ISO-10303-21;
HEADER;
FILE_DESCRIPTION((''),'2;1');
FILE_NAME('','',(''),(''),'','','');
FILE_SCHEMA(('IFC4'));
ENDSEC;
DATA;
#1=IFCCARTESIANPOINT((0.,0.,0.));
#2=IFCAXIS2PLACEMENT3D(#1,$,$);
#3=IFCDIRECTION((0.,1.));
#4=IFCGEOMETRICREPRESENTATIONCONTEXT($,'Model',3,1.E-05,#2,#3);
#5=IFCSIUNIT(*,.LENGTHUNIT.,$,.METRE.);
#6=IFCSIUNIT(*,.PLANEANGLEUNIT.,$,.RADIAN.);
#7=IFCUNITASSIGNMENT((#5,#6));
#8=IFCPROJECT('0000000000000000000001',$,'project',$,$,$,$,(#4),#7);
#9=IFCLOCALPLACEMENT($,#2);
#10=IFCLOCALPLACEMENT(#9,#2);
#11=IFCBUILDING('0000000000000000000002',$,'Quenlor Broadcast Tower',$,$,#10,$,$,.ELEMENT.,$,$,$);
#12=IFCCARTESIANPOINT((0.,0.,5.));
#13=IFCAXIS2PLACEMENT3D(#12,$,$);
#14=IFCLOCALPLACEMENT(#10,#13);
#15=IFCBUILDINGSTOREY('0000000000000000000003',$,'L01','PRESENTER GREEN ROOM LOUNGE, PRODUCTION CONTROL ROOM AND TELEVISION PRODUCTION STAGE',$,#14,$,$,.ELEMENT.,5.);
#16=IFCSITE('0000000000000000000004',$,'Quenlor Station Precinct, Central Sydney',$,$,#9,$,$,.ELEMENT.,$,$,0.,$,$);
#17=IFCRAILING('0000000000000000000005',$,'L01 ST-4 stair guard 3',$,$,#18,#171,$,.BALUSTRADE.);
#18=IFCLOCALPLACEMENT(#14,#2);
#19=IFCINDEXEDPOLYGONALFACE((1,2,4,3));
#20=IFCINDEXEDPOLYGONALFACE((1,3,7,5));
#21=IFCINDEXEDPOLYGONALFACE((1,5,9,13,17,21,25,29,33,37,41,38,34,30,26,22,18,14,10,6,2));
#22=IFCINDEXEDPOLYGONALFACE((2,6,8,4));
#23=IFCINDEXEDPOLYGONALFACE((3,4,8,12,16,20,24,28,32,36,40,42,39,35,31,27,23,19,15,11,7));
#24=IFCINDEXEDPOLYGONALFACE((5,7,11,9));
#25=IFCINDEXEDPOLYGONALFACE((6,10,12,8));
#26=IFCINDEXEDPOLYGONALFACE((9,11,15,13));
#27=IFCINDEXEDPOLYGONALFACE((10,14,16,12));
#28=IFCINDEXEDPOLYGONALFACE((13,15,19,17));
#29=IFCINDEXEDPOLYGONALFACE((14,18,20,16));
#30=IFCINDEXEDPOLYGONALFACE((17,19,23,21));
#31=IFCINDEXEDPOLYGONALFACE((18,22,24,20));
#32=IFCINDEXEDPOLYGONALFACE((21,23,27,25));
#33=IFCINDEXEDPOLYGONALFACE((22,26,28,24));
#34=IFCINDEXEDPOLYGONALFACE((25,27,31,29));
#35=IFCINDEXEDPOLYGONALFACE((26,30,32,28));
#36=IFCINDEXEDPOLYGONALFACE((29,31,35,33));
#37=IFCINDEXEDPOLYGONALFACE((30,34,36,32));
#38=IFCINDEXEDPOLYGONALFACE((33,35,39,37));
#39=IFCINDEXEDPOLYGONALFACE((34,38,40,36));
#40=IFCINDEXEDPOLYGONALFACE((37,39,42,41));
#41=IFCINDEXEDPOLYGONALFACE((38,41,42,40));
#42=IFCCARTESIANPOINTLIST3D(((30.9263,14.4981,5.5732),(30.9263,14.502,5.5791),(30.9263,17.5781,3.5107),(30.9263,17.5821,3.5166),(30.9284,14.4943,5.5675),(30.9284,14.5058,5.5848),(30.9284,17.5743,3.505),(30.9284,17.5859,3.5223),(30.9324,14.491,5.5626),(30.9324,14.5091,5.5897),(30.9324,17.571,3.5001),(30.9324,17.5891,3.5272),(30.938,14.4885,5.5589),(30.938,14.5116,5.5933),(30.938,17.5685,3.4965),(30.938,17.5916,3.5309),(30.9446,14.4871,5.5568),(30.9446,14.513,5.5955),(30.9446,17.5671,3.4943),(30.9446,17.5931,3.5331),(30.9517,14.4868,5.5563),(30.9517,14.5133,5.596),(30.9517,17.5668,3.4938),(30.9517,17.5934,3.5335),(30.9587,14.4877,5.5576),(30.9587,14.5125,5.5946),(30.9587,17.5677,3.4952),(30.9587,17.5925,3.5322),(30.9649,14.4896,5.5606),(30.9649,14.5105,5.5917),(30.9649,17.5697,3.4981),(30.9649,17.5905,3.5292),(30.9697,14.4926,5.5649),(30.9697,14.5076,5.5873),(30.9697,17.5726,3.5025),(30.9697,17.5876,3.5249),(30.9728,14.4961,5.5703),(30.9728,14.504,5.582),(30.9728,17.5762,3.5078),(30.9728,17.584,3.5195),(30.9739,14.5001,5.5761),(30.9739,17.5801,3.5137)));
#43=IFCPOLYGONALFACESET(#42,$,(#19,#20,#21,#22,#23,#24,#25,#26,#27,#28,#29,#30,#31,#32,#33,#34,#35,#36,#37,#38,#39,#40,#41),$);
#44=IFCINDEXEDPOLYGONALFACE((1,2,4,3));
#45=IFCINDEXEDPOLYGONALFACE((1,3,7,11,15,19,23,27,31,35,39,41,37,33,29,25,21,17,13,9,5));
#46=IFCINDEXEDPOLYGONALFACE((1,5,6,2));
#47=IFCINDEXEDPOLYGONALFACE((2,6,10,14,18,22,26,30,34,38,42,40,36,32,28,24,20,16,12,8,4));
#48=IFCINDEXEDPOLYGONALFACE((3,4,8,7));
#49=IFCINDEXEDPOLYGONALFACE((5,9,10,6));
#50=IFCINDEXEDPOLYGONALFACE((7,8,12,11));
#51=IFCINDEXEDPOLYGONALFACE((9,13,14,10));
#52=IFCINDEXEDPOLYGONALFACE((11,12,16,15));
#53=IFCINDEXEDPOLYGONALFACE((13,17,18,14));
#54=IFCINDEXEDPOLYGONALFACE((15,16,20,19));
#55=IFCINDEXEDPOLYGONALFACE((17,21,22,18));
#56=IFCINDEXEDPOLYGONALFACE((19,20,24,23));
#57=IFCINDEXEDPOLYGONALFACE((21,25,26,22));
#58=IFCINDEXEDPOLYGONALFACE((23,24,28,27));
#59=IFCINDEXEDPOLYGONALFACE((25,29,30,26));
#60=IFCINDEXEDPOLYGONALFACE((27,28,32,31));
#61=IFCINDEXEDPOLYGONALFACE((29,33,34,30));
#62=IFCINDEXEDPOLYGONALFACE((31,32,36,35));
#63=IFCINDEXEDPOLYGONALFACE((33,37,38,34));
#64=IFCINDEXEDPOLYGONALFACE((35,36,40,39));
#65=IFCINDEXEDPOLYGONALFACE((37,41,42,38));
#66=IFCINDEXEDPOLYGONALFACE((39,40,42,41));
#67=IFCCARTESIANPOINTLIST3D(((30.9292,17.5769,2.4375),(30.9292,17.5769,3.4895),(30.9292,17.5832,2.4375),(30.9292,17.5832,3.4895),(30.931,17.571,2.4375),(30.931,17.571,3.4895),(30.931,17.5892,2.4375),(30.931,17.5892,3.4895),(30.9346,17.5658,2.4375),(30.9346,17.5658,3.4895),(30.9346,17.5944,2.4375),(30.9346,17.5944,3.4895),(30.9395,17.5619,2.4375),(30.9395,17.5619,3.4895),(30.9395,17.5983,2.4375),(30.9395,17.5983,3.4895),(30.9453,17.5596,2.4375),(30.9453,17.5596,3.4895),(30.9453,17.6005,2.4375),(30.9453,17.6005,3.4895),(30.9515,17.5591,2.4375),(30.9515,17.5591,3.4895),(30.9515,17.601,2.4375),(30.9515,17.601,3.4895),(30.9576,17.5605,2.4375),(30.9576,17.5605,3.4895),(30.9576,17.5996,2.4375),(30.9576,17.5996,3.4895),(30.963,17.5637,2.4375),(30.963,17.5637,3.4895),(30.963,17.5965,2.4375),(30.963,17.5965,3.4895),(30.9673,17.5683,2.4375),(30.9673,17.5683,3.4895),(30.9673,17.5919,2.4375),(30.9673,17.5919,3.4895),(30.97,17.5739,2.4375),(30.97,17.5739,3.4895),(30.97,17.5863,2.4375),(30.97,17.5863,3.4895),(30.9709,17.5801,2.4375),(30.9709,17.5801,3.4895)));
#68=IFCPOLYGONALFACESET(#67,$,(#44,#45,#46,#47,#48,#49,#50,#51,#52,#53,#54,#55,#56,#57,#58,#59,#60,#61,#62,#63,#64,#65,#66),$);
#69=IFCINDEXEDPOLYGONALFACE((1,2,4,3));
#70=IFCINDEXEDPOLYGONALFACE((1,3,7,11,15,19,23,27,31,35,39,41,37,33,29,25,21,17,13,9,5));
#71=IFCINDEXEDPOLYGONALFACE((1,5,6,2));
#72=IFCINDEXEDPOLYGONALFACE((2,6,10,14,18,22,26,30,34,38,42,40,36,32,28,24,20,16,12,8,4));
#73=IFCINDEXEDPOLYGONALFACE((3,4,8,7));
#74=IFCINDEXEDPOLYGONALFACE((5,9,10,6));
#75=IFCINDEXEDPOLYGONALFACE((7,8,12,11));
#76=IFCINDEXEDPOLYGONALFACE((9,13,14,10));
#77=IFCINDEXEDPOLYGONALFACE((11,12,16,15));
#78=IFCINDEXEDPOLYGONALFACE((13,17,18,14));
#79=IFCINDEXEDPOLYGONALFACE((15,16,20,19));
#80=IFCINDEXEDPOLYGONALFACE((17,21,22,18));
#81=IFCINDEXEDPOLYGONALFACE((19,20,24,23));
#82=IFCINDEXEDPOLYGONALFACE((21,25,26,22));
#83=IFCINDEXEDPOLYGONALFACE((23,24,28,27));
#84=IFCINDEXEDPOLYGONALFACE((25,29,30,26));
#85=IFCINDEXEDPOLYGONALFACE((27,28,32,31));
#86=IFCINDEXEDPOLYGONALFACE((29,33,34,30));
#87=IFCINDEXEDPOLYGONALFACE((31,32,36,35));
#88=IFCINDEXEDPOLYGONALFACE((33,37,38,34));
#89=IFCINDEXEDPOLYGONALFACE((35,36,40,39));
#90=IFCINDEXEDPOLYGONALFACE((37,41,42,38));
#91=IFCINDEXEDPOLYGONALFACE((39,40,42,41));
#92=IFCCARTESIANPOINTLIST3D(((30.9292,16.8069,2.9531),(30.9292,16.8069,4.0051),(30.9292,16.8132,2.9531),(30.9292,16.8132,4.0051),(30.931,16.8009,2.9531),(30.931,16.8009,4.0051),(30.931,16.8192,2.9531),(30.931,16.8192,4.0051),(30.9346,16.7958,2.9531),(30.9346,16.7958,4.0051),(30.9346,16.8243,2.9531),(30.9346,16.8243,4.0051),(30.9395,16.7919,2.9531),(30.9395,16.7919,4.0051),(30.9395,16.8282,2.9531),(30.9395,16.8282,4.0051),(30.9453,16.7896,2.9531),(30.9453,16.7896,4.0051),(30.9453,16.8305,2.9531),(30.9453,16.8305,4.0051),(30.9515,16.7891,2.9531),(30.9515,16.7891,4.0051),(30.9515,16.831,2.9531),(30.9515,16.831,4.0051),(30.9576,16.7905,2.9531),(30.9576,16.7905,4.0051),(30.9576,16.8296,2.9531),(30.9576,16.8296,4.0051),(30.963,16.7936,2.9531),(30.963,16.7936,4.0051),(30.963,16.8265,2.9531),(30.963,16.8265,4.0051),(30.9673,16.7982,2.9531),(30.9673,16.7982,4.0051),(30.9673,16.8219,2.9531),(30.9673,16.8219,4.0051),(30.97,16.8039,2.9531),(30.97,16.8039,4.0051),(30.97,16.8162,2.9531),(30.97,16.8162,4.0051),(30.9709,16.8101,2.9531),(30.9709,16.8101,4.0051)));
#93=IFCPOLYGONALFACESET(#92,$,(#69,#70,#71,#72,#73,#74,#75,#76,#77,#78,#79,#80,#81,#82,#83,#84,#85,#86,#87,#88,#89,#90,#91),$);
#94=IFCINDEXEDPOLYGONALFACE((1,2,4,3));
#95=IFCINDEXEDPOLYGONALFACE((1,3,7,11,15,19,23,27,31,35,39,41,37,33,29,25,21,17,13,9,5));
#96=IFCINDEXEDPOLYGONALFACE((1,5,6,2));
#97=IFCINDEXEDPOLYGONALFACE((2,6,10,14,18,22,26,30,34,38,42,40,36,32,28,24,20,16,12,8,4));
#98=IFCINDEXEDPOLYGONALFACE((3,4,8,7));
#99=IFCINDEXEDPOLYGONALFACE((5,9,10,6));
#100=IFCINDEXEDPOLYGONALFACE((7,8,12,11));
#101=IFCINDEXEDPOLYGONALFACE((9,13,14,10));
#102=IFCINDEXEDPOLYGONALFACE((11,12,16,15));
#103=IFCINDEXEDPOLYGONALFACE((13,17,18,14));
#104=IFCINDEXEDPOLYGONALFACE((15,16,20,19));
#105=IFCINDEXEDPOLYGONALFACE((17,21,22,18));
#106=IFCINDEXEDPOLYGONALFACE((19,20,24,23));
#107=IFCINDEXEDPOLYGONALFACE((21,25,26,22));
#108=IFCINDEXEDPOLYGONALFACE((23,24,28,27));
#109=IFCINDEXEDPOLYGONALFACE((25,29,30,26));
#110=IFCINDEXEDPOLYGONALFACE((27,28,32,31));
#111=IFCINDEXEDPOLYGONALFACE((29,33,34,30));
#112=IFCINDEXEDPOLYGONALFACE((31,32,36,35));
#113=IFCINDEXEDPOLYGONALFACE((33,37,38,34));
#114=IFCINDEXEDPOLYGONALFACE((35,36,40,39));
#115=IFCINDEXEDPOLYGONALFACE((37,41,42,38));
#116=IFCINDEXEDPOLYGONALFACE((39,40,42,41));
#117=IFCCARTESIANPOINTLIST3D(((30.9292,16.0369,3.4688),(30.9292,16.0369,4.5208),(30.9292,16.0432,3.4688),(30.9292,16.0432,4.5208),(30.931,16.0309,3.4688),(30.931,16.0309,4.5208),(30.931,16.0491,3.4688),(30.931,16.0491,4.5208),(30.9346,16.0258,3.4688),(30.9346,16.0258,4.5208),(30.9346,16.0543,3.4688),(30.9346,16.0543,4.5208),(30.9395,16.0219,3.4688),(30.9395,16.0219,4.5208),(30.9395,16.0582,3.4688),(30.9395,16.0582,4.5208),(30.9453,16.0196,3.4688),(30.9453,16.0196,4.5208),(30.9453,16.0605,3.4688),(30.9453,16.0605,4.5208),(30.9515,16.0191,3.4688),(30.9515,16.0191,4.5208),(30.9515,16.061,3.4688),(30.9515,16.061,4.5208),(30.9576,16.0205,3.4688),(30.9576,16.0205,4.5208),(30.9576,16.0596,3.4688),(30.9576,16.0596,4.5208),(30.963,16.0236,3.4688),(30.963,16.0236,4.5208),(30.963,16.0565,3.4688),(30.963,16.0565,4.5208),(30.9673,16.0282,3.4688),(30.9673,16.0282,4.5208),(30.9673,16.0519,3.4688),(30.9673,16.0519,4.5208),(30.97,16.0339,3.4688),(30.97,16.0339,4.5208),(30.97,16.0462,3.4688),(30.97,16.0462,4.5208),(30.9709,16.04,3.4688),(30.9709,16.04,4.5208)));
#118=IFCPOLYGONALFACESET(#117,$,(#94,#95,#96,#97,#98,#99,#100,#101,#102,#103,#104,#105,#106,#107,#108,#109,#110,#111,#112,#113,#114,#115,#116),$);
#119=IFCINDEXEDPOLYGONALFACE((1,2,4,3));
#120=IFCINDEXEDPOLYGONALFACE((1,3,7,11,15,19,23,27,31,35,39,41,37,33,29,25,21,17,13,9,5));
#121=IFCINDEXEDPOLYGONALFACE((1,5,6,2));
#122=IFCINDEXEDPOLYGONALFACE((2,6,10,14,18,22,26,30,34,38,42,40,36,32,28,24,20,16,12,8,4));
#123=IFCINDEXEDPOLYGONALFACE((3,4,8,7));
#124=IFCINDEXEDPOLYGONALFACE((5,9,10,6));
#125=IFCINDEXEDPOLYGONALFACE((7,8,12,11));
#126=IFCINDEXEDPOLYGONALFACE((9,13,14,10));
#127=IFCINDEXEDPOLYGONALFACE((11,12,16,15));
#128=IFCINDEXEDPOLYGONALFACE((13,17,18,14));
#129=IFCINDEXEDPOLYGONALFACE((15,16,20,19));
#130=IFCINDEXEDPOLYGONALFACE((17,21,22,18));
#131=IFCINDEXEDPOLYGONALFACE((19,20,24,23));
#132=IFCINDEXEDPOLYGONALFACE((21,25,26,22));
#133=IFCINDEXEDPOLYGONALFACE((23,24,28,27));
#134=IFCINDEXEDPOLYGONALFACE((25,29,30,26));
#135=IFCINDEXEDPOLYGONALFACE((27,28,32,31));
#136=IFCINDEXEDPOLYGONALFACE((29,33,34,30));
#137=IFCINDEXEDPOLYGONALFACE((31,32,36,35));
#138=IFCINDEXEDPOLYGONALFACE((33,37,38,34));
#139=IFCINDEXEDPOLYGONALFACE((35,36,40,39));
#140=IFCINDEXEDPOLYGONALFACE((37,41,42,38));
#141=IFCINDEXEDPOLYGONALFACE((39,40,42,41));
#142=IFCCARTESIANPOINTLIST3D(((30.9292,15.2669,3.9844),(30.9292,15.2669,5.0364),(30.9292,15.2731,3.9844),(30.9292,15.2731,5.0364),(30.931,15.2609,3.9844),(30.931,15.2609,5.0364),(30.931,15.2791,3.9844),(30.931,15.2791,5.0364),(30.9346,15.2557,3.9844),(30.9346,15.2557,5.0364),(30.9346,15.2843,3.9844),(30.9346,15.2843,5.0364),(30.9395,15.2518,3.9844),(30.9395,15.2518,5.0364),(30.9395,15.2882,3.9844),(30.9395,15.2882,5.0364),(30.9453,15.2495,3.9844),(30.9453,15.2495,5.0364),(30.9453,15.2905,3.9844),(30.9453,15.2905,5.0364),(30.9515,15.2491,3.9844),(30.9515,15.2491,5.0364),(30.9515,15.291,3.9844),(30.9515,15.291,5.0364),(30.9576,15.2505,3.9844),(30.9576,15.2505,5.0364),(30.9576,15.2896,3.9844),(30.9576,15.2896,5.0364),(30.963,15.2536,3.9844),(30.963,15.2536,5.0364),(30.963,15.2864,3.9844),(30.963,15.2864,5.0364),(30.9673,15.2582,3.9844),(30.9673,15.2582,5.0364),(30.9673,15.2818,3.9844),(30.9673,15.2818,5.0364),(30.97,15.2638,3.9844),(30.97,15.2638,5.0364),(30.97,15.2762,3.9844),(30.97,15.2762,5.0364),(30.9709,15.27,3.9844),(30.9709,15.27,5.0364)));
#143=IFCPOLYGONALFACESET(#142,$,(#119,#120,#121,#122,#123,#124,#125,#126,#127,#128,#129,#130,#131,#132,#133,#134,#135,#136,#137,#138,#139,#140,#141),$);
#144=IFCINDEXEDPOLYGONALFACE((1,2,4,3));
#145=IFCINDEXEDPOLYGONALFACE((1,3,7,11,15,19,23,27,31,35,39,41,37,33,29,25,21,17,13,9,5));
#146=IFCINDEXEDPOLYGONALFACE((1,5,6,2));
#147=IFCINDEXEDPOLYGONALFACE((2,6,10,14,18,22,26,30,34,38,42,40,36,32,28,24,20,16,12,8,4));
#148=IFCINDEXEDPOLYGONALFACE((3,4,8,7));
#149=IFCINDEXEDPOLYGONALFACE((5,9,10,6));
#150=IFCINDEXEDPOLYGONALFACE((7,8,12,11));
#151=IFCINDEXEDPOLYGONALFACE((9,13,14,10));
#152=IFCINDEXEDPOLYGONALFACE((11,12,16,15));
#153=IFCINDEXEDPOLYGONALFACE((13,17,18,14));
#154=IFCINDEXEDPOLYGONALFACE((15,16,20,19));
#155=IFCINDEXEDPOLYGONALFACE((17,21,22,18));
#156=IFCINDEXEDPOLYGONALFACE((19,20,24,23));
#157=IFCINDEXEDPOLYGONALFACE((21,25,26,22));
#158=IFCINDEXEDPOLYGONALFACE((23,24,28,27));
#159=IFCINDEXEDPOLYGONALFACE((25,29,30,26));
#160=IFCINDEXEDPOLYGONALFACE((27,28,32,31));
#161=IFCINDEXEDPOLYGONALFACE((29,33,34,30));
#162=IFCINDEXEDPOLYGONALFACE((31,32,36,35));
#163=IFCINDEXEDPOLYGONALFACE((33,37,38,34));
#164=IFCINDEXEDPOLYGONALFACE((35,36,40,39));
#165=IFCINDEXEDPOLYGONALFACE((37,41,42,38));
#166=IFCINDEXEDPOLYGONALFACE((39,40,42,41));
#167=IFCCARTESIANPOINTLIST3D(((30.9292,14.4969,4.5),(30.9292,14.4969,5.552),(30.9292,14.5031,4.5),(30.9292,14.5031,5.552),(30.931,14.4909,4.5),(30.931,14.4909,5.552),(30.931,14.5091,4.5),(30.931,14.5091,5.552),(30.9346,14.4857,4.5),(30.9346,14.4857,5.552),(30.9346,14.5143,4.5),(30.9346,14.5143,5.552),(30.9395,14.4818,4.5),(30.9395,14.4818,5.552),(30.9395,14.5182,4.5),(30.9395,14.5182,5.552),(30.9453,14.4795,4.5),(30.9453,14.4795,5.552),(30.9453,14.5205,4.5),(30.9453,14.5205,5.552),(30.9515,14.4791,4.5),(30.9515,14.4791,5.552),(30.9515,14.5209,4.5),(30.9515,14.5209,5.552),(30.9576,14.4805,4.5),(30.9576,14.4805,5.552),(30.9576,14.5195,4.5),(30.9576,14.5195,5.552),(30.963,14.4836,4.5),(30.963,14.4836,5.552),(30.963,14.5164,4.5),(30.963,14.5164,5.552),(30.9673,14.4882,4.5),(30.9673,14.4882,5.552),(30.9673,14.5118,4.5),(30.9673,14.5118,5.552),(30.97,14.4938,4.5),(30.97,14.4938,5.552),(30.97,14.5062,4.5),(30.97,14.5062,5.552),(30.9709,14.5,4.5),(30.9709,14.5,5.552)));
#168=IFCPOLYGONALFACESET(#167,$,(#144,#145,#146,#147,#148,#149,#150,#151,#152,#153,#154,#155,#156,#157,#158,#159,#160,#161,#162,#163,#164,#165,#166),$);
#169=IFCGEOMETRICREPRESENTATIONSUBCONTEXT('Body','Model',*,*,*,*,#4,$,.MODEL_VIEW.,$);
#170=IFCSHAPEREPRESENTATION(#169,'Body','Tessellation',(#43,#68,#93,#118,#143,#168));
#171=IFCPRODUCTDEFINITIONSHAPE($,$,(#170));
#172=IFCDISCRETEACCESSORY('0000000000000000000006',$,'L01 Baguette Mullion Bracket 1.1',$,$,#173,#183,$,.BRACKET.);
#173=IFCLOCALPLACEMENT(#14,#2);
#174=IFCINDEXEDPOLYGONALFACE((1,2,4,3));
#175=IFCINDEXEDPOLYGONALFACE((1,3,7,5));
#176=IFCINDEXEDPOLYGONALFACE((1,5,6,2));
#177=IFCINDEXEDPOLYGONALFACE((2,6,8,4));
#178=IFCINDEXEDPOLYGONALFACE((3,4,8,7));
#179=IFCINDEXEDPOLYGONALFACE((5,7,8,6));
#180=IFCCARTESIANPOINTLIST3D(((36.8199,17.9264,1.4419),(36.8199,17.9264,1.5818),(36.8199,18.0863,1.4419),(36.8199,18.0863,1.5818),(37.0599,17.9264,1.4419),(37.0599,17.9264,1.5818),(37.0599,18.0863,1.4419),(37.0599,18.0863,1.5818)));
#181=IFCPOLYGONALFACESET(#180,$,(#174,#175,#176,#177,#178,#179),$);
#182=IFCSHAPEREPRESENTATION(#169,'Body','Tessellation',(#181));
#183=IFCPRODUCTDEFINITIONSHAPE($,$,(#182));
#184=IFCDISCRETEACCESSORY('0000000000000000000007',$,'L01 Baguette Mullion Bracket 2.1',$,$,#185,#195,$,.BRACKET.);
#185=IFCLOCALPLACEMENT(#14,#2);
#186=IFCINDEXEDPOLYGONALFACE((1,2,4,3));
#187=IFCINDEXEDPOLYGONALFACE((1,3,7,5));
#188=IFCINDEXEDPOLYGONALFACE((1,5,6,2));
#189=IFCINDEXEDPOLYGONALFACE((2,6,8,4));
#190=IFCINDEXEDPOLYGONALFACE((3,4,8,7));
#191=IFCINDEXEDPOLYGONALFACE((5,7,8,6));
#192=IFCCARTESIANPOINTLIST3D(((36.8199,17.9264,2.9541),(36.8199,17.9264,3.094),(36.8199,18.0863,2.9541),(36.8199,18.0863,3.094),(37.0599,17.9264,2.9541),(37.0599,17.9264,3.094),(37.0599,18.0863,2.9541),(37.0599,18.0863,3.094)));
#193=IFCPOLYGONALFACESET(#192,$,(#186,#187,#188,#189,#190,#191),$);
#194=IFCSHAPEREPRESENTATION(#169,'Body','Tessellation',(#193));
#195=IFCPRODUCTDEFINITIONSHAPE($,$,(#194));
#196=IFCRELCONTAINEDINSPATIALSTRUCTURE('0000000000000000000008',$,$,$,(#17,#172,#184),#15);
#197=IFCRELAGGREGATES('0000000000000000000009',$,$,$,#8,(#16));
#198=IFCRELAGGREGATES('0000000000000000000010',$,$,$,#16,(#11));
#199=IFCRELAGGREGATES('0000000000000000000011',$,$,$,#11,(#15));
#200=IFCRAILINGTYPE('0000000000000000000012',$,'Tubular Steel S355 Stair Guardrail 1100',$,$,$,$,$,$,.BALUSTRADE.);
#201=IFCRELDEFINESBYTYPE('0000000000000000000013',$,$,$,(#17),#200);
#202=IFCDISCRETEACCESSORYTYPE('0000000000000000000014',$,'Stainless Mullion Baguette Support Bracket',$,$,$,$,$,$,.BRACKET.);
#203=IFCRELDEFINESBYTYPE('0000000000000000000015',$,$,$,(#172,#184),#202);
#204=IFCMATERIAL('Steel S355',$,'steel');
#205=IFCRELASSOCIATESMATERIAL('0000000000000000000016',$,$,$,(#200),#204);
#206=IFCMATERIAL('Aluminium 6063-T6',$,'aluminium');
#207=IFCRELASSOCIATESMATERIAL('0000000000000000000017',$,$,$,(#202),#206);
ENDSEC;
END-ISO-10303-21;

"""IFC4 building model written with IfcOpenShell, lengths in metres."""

from ifc_helpers import new_model, si_unit, direction, frame, origin, origin_2d, place, context, subcontext, project, spatial, rectangle, circle, extrude, material, type_object, element, save


model = new_model("IFC4")

# Units and contexts
model_context = context("Model", 3, precision=1e-05, world=origin(), true_north=direction((0.0, 1.0)))
body_context = subcontext(model_context, "Body", "Model", "MODEL_VIEW")
ifc_project = project(units=[si_unit("LENGTHUNIT", "METRE"), si_unit("PLANEANGLEUNIT", "RADIAN")], contexts=[model_context])

# Site, building, storey
site_placement = place(None, origin())
site = spatial("IfcSite", under=ifc_project, at=site_placement, Name="Quenlor Station Precinct, Central Sydney", CompositionType="ELEMENT", RefElevation=0.0)
building_placement = place(site_placement, origin())
building = spatial("IfcBuilding", under=site, at=building_placement, Name="Quenlor Broadcast Tower", CompositionType="ELEMENT")
storey_placement = place(building_placement, frame((0.0, 0.0, 5.0)))
storey = spatial("IfcBuildingStorey", under=building, at=storey_placement, Name="L01", Description="PRESENTER GREEN ROOM LOUNGE, PRODUCTION CONTROL ROOM AND TELEVISION PRODUCTION STAGE", CompositionType="ELEMENT", Elevation=5.0)

# Railing
ifc_material_1 = material(Name="Steel S355", Category="steel")
railing_type = type_object("IfcRailingType", Name="Tubular Steel S355 Stair Guardrail 1100", PredefinedType="BALUSTRADE", material=ifc_material_1)
railing_1_placement = place(storey_placement, frame((30.95, 17.5801, 2.4375)))
element("IfcRailing", 1, at=railing_1_placement, inside=storey, type_object=railing_type, Name="L01 ST-4 stair guard 3", PredefinedType="BALUSTRADE", context=body_context, shape_type="SweptSolid", body=[
    extrude(circle(Radius=0.0239, at=origin_2d()), frame((0.0, 0.0, 1.0762), z_axis=(0.0, -0.830914, 0.556401), x_axis=(1.0, 0.0, 0.0)), (0.0, 0.0, 1.0), 3.7068),
    extrude(circle(Radius=0.021, at=origin_2d()), origin(), (0.0, 0.0, 1.0), 1.052),
    extrude(circle(Radius=0.021, at=origin_2d()), frame((0.0, -0.77, 0.5156)), (0.0, 0.0, 1.0), 1.052),
    extrude(circle(Radius=0.021, at=origin_2d()), frame((0.0, -1.54, 1.0312)), (0.0, 0.0, 1.0), 1.052),
    extrude(circle(Radius=0.021, at=origin_2d()), frame((0.0, -2.3101, 1.5469)), (0.0, 0.0, 1.0), 1.052),
    extrude(circle(Radius=0.021, at=origin_2d()), frame((0.0, -3.0801, 2.0625)), (0.0, 0.0, 1.0), 1.052),
])

# Discrete accessories
ifc_material_2 = material(Name="Aluminium 6063-T6", Category="aluminium")
discrete_accessory_type = type_object("IfcDiscreteAccessoryType", Name="Stainless Mullion Baguette Support Bracket", PredefinedType="BRACKET", material=ifc_material_2)
for number, where, z_axis, x_axis, name in (
    (2, (36.9399, 18.0063, 1.4419), (0.0, 0.0, 1.0), (0.0, -1.0, 0.0), "L01 Baguette Mullion Bracket 1.1"),
    (3, (36.9399, 18.0063, 2.9541), (0.0, 0.0, 1.0), (0.0, -1.0, 0.0), "L01 Baguette Mullion Bracket 2.1"),
):
    element("IfcDiscreteAccessory", number, at=place(storey_placement, frame(where, z_axis=z_axis, x_axis=x_axis)), inside=storey, type_object=discrete_accessory_type, Name=name, PredefinedType="BRACKET", context=body_context, shape_type="SweptSolid", body=[
        extrude(rectangle(XDim=0.1599, YDim=0.24, at=origin_2d()), origin(), (0.0, 0.0, 1.0), 0.1399),
    ])

save(model, "model.ifc")
